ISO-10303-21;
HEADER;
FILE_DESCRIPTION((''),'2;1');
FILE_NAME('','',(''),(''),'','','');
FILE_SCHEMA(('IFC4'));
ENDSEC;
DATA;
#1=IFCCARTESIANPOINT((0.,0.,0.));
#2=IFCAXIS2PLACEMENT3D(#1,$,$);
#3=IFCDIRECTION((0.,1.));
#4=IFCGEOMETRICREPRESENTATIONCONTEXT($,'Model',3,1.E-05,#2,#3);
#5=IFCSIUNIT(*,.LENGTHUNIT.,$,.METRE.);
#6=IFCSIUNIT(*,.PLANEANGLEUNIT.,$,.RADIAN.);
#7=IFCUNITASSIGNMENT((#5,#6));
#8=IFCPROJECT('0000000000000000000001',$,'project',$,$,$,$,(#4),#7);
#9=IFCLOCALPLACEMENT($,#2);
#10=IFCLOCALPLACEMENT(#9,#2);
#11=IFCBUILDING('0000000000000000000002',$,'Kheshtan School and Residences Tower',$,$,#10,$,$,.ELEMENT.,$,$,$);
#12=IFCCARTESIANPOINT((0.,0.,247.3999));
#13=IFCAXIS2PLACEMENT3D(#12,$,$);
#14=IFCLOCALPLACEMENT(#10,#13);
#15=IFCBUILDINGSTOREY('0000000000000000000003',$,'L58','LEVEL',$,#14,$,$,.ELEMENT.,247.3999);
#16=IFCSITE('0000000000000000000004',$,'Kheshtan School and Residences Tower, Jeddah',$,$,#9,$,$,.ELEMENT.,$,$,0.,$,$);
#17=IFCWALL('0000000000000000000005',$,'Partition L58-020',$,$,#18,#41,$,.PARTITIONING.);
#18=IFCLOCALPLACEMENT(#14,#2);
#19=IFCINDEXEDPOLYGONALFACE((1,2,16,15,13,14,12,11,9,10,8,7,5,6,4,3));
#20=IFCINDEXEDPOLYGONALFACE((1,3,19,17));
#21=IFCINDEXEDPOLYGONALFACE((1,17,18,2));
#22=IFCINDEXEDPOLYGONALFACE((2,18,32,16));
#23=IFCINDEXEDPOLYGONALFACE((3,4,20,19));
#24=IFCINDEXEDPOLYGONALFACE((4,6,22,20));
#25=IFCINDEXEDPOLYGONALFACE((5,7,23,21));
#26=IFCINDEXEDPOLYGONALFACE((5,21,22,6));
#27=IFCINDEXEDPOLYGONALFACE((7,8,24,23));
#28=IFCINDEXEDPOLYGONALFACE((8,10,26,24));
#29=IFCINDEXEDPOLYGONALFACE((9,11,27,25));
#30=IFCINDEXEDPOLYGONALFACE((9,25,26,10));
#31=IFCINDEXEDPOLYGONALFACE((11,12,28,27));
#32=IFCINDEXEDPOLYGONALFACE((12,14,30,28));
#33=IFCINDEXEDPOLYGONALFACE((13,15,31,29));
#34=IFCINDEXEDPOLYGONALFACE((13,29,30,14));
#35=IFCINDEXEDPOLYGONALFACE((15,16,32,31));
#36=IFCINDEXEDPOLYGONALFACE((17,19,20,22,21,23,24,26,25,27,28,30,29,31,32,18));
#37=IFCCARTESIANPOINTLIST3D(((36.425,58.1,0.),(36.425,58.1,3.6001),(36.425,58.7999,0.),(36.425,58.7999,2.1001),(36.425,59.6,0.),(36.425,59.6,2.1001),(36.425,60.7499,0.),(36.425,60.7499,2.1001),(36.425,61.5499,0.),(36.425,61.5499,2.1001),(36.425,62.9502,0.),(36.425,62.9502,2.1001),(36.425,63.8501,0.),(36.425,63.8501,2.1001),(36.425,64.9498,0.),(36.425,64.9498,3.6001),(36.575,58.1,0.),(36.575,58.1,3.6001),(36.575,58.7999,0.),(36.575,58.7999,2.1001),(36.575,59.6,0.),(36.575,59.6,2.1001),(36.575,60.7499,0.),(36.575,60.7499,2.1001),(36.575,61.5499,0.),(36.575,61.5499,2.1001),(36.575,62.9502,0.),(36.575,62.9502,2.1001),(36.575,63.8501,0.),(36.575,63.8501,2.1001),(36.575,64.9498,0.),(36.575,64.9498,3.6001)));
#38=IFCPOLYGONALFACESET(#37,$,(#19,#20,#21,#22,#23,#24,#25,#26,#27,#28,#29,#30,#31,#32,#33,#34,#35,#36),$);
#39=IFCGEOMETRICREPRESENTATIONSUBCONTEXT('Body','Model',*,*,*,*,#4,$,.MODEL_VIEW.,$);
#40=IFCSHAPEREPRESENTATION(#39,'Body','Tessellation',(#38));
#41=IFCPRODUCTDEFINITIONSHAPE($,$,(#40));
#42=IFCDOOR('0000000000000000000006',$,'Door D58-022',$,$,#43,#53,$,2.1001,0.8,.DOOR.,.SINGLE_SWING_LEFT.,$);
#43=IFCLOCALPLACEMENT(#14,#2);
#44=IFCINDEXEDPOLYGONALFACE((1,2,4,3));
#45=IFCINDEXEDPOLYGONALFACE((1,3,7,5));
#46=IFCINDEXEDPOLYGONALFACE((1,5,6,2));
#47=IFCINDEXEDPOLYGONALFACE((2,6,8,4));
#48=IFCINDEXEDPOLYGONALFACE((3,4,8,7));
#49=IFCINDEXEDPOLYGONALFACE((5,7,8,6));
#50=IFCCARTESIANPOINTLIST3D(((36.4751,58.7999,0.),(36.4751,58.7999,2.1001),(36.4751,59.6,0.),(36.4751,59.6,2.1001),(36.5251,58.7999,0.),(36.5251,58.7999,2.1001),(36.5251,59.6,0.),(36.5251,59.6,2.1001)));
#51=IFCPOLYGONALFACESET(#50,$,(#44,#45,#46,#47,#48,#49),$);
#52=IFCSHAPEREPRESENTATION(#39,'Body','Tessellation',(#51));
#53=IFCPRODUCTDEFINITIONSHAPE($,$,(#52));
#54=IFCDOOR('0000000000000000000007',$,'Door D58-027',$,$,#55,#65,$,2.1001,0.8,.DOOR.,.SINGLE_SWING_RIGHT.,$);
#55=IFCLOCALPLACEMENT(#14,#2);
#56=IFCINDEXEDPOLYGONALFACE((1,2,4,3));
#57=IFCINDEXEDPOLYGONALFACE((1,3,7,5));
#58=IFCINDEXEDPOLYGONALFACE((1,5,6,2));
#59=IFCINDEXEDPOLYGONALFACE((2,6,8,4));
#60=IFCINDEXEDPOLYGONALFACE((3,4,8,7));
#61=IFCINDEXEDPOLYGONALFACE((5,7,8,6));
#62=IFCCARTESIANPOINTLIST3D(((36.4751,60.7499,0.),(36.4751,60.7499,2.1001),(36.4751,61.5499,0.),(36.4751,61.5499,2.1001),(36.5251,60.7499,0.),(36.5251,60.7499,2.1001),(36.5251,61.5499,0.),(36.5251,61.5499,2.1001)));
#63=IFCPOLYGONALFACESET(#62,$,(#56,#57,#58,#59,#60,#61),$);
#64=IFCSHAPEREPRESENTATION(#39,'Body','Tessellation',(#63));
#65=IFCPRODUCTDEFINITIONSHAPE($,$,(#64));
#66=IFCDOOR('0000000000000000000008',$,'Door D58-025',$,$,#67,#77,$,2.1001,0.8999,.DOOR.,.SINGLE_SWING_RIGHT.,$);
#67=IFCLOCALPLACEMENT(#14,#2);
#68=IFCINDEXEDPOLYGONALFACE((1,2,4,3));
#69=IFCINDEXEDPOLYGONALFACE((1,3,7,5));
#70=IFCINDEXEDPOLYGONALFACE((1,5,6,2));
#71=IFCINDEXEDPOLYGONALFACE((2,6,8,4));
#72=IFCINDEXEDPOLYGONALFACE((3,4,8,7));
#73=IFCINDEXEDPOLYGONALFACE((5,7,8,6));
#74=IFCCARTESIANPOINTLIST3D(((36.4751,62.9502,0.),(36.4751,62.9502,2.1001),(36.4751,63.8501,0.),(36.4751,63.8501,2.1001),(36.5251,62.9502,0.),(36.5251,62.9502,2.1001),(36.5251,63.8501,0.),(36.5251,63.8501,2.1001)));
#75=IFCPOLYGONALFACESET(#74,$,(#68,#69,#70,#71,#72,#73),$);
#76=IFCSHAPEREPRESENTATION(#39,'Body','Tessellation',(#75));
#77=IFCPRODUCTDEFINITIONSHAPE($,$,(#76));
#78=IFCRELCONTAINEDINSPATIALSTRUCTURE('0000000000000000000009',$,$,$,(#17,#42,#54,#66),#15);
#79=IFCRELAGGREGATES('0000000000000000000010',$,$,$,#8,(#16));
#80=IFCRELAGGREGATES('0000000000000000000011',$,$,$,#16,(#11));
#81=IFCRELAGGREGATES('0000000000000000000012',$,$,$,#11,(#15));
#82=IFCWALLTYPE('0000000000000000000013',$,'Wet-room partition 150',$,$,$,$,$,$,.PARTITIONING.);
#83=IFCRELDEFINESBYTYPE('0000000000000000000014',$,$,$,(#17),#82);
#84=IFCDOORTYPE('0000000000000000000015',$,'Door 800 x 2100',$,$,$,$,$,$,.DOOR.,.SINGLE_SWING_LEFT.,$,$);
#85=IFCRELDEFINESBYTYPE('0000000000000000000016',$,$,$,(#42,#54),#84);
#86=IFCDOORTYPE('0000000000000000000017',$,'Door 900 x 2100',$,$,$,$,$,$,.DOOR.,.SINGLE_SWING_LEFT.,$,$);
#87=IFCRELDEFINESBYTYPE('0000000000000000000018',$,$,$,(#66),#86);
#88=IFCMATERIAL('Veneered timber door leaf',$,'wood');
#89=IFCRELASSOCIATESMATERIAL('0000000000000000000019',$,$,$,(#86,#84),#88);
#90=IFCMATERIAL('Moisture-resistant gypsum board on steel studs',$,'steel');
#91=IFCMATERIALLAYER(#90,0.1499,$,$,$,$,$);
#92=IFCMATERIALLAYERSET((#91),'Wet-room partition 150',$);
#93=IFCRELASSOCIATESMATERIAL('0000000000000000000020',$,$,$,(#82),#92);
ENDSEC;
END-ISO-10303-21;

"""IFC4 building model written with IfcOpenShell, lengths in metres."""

from ifc_helpers import new_model, si_unit, direction, frame, frame_2d, origin, place, context, subcontext, project, spatial, rectangle, extrude, source, transform, mapped, material, layer, layer_set, type_object, element, fill, save


model = new_model("IFC4")

# Units and contexts
model_context = context("Model", 3, precision=1e-05, world=origin(), true_north=direction((0.0, 1.0)))
body_context = subcontext(model_context, "Body", "Model", "MODEL_VIEW")
ifc_project = project(units=[si_unit("LENGTHUNIT", "METRE"), si_unit("PLANEANGLEUNIT", "RADIAN")], contexts=[model_context])

# Site, building, storey
site_placement = place(None, origin())
site = spatial("IfcSite", under=ifc_project, at=site_placement, Name="Kheshtan School and Residences Tower, Jeddah", CompositionType="ELEMENT", RefElevation=0.0)
building_placement = place(site_placement, origin())
building = spatial("IfcBuilding", under=site, at=building_placement, Name="Kheshtan School and Residences Tower", CompositionType="ELEMENT")
storey_placement = place(building_placement, frame((0.0, 0.0, 247.3999)))
storey = spatial("IfcBuildingStorey", under=building, at=storey_placement, Name="L58", Description="LEVEL", CompositionType="ELEMENT", Elevation=247.3999)

# Shared definitions
ifc_material_1 = material(Name="Veneered timber door leaf", Category="wood")
door_type_1 = type_object("IfcDoorType", Name="Door 900 x 2100", OperationType="SINGLE_SWING_LEFT", PredefinedType="DOOR", material=ifc_material_1)
shared_shape_1 = source(origin(), body_context, "Body", "SweptSolid", [
    extrude(rectangle(XDim=0.8999, YDim=2.1001, at=frame_2d((0.45, 1.05))), frame((0.0, 0.0249, 0.0), z_axis=(0.0, -1.0, 0.0), x_axis=(1.0, 0.0, 0.0)), (0.0, 0.0, 1.0), 0.05),
])

# Shared definitions
ifc_material_2 = material(Name="Moisture-resistant gypsum board on steel studs", Category="steel")
ifc_layer_1 = layer(ifc_material_2, 0.1499)
ifc_layer_set_1 = layer_set([ifc_layer_1], Name="Wet-room partition 150")
wall_type_1 = type_object("IfcWallType", Name="Wet-room partition 150", PredefinedType="PARTITIONING", material=ifc_layer_set_1)

# Wall, openings, doors
wall_1_placement = place(storey_placement, frame((36.5, 58.1001, 0.0), z_axis=(0.0, 0.0, 1.0), x_axis=(0.0, 1.0, 0.0)))
wall_1 = element("IfcWall", 1, at=wall_1_placement, inside=storey, type_object=wall_type_1, Name="Partition L58-020", PredefinedType="PARTITIONING", context=body_context, shape_type="SweptSolid", body=[
    extrude(rectangle(XDim=6.8499, YDim=0.1499, at=frame_2d((3.4248, 0.0))), origin(), (0.0, 0.0, 1.0), 3.6001),
])
opening_1_placement = place(wall_1_placement, frame((0.7, 0.0, 0.0)))
opening_1 = element("IfcOpeningElement", 2, at=opening_1_placement, cuts=wall_1, PredefinedType="OPENING", context=body_context, shape_type="SweptSolid", body=[
    extrude(rectangle(XDim=0.8, YDim=2.1001, at=frame_2d((0.3999, 1.05))), frame((0.0, 0.085, 0.0), z_axis=(0.0, -1.0, 0.0), x_axis=(1.0, 0.0, 0.0)), (0.0, 0.0, 1.0), 0.1699),
])
opening_2_placement = place(wall_1_placement, frame((4.8501, 0.0, 0.0)))
opening_2 = element("IfcOpeningElement", 3, at=opening_2_placement, cuts=wall_1, PredefinedType="OPENING", context=body_context, shape_type="SweptSolid", body=[
    extrude(rectangle(XDim=0.8999, YDim=2.1001, at=frame_2d((0.45, 1.05))), frame((0.0, 0.085, 0.0), z_axis=(0.0, -1.0, 0.0), x_axis=(1.0, 0.0, 0.0)), (0.0, 0.0, 1.0), 0.1699),
])
opening_3_placement = place(wall_1_placement, frame((2.6499, 0.0, 0.0)))
opening_3 = element("IfcOpeningElement", 4, at=opening_3_placement, cuts=wall_1, PredefinedType="OPENING", context=body_context, shape_type="SweptSolid", body=[
    extrude(rectangle(XDim=0.8, YDim=2.1001, at=frame_2d((0.3999, 1.05))), frame((0.0, 0.085, 0.0), z_axis=(0.0, -1.0, 0.0), x_axis=(1.0, 0.0, 0.0)), (0.0, 0.0, 1.0), 0.1699),
])
door_type_2 = type_object("IfcDoorType", Name="Door 800 x 2100", OperationType="SINGLE_SWING_LEFT", PredefinedType="DOOR", material=ifc_material_1)
shared_shape_2 = source(origin(), body_context, "Body", "SweptSolid", [
    extrude(rectangle(XDim=0.8, YDim=2.1001, at=frame_2d((0.3999, 1.05))), frame((0.0, 0.0249, 0.0), z_axis=(0.0, -1.0, 0.0), x_axis=(1.0, 0.0, 0.0)), (0.0, 0.0, 1.0), 0.05),
])
door_1_placement = place(opening_1_placement, origin())
door_1 = element("IfcDoor", 5, at=door_1_placement, inside=storey, type_object=door_type_2, Name="Door D58-022", OperationType="SINGLE_SWING_LEFT", OverallHeight=2.1001, OverallWidth=0.8, PredefinedType="DOOR", context=body_context, shape_type="MappedRepresentation", body=[
    mapped(shared_shape_2, transform((0.0, 0.0, 0.0), x_axis=(1.0, 0.0, 0.0), y_axis=(0.0, 1.0, 0.0), z_axis=(0.0, 0.0, 1.0), scale=1.0)),
])
fill(opening_1, door_1)
door_2_placement = place(opening_3_placement, origin())
door_2 = element("IfcDoor", 6, at=door_2_placement, inside=storey, type_object=door_type_2, Name="Door D58-027", OperationType="SINGLE_SWING_RIGHT", OverallHeight=2.1001, OverallWidth=0.8, PredefinedType="DOOR", context=body_context, shape_type="MappedRepresentation", body=[
    mapped(shared_shape_2, transform((0.0, 0.0, 0.0), x_axis=(1.0, 0.0, 0.0), y_axis=(0.0, 1.0, 0.0), z_axis=(0.0, 0.0, 1.0), scale=1.0)),
])
fill(opening_3, door_2)
door_3_placement = place(opening_2_placement, origin())
door_3 = element("IfcDoor", 7, at=door_3_placement, inside=storey, type_object=door_type_1, Name="Door D58-025", OperationType="SINGLE_SWING_RIGHT", OverallHeight=2.1001, OverallWidth=0.8999, PredefinedType="DOOR", context=body_context, shape_type="MappedRepresentation", body=[
    mapped(shared_shape_1, transform((0.0, 0.0, 0.0), x_axis=(1.0, 0.0, 0.0), y_axis=(0.0, 1.0, 0.0), z_axis=(0.0, 0.0, 1.0), scale=1.0)),
])
fill(opening_2, door_3)

save(model, "model.ifc")
